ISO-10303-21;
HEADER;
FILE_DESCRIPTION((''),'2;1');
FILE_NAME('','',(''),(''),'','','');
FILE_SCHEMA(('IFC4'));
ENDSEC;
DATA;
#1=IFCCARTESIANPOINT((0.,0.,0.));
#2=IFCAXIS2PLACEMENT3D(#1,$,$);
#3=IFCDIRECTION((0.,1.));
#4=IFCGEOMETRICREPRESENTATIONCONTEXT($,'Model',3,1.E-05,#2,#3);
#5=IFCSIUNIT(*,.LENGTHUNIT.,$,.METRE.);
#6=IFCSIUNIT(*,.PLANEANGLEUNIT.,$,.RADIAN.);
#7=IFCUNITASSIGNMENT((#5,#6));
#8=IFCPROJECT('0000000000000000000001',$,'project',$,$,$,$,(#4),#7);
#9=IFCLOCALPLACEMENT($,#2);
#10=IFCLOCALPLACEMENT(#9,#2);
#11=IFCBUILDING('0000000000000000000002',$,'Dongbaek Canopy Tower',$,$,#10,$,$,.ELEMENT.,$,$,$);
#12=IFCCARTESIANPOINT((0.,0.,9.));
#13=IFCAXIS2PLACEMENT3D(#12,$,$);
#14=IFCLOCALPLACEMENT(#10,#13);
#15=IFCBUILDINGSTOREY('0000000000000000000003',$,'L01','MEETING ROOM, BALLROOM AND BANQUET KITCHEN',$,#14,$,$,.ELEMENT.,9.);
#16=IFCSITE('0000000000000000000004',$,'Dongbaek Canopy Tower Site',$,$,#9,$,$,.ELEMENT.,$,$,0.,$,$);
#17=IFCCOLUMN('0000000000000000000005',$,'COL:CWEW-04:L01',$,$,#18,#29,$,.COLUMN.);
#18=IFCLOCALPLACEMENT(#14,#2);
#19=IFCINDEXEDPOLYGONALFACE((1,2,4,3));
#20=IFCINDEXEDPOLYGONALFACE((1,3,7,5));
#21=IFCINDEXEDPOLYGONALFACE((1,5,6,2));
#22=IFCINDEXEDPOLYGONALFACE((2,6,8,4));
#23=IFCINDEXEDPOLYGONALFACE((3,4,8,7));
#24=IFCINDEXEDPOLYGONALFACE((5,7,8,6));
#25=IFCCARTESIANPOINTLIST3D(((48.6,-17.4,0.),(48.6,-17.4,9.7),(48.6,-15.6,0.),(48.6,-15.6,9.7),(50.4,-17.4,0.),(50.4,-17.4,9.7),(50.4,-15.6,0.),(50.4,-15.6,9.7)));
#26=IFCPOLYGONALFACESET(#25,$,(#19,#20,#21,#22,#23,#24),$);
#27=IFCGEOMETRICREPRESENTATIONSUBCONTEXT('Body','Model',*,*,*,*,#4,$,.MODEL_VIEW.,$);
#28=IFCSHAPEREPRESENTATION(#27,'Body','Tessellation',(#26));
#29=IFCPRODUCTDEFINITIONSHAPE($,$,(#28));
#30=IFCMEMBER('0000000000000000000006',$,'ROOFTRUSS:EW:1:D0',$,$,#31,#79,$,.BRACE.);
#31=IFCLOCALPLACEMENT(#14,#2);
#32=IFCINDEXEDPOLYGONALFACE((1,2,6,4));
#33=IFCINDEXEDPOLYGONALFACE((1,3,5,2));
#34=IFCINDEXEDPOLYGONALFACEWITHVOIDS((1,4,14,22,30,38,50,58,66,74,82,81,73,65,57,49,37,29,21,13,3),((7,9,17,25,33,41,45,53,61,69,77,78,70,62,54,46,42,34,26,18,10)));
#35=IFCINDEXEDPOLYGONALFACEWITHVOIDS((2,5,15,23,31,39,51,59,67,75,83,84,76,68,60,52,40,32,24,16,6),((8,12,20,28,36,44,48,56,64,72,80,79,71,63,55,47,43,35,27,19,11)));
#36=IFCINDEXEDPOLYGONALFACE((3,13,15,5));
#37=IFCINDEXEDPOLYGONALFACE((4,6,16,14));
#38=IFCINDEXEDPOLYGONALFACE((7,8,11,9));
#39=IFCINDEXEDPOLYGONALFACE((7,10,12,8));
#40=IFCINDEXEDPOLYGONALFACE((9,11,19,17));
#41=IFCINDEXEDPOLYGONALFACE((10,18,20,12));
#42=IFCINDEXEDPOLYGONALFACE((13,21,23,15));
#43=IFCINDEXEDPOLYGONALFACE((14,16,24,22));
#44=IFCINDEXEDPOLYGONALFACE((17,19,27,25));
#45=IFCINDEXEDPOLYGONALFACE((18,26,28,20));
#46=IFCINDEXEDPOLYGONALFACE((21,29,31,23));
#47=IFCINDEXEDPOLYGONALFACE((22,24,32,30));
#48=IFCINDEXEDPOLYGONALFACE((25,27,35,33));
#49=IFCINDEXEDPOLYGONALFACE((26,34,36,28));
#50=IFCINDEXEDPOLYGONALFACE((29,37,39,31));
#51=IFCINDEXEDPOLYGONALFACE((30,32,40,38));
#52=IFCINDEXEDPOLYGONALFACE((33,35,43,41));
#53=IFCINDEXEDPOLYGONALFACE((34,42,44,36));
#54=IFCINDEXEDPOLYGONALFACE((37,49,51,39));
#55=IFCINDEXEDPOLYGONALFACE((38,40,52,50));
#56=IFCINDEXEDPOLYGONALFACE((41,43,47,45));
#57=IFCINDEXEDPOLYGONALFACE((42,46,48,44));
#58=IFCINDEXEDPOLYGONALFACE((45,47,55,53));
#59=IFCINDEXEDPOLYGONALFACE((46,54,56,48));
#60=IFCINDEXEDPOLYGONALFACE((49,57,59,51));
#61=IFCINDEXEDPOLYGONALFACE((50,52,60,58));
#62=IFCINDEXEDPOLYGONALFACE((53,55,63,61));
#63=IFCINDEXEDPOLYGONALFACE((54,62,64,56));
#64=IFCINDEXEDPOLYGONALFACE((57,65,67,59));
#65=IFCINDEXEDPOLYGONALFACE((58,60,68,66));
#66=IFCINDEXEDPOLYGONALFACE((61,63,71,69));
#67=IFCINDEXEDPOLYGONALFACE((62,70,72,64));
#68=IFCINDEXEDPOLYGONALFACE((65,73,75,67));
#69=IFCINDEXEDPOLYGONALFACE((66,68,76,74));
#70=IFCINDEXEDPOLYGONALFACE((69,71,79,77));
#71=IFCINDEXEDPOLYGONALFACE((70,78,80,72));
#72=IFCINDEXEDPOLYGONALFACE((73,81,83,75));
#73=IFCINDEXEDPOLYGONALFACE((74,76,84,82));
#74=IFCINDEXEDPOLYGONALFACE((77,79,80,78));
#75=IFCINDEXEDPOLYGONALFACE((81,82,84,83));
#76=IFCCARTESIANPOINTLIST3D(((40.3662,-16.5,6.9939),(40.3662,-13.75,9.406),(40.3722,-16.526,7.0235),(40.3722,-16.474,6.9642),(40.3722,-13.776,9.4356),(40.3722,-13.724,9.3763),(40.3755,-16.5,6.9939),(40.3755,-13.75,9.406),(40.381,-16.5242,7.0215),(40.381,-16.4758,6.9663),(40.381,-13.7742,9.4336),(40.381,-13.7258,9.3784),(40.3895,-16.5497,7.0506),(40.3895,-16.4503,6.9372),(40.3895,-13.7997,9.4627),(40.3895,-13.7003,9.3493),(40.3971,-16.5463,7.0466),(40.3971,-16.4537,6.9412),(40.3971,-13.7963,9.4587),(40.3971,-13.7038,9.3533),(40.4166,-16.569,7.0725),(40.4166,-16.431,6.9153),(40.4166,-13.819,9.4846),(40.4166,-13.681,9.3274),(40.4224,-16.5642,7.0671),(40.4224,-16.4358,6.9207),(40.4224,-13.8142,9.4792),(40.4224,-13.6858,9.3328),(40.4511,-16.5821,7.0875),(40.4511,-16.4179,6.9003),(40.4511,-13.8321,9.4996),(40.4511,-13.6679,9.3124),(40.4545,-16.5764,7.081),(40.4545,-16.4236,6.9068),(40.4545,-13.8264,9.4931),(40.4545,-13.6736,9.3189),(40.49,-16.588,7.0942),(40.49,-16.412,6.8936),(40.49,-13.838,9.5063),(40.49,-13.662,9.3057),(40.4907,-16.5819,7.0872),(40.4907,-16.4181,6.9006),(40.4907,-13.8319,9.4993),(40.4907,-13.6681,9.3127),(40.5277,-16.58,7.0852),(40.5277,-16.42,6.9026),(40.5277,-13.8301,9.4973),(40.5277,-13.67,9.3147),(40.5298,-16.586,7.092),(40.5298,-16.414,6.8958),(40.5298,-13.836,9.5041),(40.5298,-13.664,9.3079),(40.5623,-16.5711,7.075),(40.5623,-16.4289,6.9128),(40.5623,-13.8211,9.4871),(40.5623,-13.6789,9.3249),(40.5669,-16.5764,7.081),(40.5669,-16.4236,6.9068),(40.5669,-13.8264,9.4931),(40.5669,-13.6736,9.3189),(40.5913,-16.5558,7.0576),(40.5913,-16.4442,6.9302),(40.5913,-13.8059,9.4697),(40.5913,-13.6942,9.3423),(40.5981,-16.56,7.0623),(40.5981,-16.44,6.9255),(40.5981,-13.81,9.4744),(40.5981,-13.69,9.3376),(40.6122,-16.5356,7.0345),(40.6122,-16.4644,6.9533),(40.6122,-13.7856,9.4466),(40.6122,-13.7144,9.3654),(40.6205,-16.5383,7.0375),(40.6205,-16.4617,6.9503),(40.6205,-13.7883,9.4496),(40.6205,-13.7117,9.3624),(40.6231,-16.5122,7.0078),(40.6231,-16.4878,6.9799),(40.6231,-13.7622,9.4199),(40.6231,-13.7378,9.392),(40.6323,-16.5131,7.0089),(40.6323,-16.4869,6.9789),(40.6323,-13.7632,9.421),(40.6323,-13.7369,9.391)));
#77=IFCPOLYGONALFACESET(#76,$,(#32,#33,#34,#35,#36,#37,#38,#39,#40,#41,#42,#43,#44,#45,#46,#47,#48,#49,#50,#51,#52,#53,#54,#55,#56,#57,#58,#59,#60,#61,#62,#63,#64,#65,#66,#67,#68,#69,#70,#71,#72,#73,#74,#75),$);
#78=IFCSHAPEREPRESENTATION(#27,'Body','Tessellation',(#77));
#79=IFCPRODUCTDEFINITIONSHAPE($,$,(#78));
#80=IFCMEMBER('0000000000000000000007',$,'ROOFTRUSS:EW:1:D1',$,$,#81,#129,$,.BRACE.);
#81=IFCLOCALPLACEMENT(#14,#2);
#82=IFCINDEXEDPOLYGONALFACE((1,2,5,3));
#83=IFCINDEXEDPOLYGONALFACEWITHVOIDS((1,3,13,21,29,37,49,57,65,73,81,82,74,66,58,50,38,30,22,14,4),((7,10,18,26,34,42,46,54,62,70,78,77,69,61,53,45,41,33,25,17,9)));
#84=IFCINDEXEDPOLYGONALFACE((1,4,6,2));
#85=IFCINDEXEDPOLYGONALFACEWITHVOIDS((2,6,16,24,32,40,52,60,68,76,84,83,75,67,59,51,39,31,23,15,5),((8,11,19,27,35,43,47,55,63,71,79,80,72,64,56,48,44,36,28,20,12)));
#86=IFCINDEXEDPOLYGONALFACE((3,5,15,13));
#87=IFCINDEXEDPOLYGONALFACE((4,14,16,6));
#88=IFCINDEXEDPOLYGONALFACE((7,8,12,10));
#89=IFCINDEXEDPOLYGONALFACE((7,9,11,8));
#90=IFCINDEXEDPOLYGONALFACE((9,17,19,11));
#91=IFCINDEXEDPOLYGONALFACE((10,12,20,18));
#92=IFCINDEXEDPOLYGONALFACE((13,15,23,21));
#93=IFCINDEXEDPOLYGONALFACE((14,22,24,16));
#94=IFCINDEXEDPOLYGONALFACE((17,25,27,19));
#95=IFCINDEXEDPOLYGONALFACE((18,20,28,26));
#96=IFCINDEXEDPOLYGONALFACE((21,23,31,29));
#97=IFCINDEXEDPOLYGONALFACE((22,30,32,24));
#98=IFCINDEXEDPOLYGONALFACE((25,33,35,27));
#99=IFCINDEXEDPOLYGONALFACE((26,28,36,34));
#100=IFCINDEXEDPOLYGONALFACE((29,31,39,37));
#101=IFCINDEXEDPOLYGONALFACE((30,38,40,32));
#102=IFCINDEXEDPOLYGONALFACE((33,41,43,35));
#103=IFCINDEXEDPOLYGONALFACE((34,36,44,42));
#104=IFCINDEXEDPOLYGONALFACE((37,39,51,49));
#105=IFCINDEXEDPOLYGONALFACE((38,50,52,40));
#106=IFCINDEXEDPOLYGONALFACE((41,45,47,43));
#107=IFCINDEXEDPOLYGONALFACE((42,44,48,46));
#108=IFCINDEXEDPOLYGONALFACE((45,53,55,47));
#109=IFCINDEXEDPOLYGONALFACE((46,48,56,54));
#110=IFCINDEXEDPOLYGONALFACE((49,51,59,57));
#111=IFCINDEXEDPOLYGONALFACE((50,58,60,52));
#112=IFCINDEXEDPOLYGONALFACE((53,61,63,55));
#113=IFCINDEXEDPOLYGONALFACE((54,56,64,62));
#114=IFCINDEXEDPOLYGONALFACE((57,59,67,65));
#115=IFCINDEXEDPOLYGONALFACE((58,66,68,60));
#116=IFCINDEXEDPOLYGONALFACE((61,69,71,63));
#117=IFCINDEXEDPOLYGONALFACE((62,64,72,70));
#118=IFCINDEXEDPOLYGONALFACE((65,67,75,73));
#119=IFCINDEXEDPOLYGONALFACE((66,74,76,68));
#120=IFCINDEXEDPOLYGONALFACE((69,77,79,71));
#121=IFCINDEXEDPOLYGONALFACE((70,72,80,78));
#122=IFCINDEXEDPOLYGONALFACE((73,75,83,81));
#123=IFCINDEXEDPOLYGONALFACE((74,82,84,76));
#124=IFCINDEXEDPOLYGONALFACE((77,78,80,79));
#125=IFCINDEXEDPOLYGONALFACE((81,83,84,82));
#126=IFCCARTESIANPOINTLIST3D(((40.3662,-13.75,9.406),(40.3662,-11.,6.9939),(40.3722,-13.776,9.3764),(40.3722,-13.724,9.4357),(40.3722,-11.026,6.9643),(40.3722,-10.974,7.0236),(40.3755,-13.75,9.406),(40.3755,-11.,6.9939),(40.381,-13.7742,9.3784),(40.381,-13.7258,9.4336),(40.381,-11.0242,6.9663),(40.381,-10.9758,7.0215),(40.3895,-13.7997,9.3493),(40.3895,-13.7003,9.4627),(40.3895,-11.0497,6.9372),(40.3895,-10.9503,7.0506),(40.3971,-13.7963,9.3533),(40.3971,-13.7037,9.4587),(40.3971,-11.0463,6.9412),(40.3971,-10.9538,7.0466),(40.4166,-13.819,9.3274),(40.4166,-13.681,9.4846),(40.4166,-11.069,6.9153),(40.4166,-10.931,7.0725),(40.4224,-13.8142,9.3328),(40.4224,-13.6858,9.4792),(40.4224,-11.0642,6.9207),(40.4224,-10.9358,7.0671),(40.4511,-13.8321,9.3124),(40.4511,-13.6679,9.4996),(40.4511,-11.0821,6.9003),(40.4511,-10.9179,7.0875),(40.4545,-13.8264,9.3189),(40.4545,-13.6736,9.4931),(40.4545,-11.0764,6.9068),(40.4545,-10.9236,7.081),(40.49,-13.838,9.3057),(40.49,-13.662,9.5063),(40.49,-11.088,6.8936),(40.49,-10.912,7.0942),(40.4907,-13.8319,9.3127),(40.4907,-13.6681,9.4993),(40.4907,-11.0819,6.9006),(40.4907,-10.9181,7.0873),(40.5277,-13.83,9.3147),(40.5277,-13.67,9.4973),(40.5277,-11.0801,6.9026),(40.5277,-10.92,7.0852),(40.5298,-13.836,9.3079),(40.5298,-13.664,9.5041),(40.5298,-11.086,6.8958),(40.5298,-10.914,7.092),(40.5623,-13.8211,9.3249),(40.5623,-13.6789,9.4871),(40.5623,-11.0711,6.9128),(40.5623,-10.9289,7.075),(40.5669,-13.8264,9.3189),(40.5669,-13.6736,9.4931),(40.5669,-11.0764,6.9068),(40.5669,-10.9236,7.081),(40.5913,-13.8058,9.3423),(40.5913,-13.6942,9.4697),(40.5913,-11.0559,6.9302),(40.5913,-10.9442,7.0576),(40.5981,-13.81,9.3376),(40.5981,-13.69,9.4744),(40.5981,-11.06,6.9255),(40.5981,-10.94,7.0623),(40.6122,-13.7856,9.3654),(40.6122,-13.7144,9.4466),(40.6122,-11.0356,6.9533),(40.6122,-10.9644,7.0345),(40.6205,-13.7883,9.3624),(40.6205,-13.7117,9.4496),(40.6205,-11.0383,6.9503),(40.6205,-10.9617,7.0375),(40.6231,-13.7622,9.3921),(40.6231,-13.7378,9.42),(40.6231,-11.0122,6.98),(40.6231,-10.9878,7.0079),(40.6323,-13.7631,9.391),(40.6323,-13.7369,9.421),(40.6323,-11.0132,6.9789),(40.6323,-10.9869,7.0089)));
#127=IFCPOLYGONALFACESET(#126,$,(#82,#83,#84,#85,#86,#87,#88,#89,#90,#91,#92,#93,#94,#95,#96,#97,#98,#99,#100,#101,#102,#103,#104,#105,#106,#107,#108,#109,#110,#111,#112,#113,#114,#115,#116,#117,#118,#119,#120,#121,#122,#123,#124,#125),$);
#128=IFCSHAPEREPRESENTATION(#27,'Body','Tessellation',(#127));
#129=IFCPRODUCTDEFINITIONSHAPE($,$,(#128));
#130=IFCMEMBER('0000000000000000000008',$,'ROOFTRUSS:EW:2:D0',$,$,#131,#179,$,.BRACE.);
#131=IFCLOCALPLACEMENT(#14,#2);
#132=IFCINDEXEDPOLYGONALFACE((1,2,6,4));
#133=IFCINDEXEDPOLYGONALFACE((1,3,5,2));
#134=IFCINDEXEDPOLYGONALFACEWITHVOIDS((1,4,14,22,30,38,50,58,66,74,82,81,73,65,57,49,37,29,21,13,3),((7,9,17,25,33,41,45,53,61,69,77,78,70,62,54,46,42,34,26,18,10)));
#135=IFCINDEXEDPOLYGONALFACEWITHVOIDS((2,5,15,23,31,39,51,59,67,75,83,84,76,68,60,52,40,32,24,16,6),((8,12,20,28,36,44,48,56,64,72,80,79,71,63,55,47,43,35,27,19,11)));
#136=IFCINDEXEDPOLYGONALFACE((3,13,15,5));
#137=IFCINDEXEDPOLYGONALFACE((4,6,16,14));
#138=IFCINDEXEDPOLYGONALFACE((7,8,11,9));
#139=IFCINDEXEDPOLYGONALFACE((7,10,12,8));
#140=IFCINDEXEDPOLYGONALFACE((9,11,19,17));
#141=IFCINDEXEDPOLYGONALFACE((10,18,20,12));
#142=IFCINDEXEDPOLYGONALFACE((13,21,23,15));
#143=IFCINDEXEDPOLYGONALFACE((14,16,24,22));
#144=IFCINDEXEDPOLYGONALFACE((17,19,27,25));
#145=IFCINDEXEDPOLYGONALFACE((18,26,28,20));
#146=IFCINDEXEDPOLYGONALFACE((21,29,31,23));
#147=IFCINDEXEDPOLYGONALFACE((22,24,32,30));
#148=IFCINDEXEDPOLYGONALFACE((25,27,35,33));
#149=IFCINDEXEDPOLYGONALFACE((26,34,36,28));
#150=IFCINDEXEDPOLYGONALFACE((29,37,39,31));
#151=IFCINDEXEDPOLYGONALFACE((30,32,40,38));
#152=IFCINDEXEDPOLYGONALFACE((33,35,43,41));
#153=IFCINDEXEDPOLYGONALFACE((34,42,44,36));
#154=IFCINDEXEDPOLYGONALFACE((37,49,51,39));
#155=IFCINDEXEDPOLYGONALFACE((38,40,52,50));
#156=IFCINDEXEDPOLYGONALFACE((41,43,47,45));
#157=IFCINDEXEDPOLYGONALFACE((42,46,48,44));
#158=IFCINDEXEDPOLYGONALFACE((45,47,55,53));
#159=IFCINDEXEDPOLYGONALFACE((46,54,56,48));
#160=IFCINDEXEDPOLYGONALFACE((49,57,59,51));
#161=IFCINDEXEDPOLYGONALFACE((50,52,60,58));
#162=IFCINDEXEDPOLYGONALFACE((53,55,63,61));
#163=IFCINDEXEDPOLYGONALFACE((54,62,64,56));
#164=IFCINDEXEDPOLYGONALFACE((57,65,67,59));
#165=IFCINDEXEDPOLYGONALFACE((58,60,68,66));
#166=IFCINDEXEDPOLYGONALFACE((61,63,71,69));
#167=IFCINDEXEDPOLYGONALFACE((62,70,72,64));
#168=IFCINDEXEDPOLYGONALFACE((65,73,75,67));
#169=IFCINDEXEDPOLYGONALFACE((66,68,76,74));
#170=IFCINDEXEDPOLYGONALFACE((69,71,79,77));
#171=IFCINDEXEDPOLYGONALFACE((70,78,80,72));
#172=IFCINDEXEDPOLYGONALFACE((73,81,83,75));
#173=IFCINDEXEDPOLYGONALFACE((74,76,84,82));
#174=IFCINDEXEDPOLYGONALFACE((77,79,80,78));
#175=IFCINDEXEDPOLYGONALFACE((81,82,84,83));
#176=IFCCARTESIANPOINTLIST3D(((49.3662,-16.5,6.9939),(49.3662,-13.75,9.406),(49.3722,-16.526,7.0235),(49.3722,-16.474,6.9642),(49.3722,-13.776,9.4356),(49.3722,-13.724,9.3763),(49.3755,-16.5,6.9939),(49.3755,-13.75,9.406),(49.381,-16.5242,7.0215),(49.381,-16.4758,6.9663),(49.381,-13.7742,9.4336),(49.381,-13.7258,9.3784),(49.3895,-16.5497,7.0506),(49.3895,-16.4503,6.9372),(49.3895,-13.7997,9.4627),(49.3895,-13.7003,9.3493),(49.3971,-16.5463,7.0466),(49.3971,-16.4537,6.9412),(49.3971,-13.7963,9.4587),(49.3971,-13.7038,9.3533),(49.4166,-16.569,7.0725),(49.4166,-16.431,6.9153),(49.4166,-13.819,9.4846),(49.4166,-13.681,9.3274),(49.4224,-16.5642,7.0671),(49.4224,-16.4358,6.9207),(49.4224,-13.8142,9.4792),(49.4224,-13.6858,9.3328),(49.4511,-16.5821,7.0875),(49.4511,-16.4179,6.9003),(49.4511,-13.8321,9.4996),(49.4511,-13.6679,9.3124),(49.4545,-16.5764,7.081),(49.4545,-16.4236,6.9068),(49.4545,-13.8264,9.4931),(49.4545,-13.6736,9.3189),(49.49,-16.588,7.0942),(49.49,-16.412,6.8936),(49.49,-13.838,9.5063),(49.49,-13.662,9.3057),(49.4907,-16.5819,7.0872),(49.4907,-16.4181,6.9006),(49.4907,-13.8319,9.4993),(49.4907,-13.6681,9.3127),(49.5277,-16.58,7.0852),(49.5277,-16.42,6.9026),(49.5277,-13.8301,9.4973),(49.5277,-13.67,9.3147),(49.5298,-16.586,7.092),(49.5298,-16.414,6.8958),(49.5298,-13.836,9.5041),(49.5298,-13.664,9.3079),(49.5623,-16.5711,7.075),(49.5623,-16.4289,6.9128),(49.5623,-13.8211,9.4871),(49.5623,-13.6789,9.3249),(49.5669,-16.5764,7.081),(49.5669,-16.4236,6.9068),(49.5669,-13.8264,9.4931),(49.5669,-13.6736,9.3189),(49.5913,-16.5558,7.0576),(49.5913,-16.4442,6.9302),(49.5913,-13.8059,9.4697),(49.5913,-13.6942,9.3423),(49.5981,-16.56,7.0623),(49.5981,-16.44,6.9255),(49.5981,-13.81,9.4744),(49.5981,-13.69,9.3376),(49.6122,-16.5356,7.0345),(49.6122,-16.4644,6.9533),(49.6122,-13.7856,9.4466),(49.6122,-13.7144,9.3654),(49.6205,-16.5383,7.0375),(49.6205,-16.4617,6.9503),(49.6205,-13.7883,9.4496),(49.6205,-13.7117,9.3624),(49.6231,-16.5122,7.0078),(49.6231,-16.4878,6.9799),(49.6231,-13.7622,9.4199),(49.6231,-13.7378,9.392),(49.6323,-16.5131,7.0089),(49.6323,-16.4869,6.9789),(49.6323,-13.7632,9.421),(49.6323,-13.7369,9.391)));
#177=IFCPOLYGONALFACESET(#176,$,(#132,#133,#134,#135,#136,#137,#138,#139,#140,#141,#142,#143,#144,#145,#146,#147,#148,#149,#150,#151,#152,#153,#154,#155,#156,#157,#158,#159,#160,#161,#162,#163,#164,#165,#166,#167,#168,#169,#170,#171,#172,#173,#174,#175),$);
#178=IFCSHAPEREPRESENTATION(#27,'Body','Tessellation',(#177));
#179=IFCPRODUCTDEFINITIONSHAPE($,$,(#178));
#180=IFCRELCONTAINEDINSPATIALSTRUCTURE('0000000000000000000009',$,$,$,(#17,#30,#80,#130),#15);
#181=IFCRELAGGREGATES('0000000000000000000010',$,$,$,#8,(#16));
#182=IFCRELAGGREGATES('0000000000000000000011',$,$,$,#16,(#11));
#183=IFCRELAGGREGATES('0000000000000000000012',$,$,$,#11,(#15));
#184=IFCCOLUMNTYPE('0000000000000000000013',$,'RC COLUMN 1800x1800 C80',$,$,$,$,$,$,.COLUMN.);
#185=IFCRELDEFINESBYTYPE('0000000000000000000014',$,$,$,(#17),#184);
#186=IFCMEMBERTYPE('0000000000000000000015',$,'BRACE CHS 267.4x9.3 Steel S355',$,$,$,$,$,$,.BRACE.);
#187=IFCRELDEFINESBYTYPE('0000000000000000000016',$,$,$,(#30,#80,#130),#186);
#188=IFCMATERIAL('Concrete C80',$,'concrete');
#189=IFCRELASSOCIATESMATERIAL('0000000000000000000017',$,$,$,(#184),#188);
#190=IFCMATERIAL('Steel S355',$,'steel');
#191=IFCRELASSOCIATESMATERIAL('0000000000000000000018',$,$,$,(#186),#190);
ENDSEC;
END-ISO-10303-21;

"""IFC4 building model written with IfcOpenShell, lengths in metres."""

from ifc_helpers import new_model, si_unit, direction, frame, origin, origin_2d, place, context, subcontext, project, spatial, rectangle, hollow_circle, extrude, material, material_profile, profile_set, type_object, element, save


model = new_model("IFC4")

# Units and contexts
model_context = context("Model", 3, precision=1e-05, world=origin(), true_north=direction((0.0, 1.0)))
body_context = subcontext(model_context, "Body", "Model", "MODEL_VIEW")
ifc_project = project(units=[si_unit("LENGTHUNIT", "METRE"), si_unit("PLANEANGLEUNIT", "RADIAN")], contexts=[model_context])

# Site, building, storey
site_placement = place(None, origin())
site = spatial("IfcSite", under=ifc_project, at=site_placement, Name="Dongbaek Canopy Tower Site", CompositionType="ELEMENT", RefElevation=0.0)
building_placement = place(site_placement, origin())
building = spatial("IfcBuilding", under=site, at=building_placement, Name="Dongbaek Canopy Tower", CompositionType="ELEMENT")
storey_placement = place(building_placement, frame((0.0, 0.0, 9.0)))
storey = spatial("IfcBuildingStorey", under=building, at=storey_placement, Name="L01", Description="MEETING ROOM, BALLROOM AND BANQUET KITCHEN", CompositionType="ELEMENT", Elevation=9.0)

# Column
ifc_material_1 = material(Name="Concrete C80", Category="concrete")
ifc_material_profile_1 = material_profile(ifc_material_1, rectangle(XDim=1.8, YDim=1.8, at=origin_2d()), Name="RC COLUMN 1800x1800 C80")
ifc_profile_set_1 = profile_set([ifc_material_profile_1], Name="Concrete C80")
column_type = type_object("IfcColumnType", Name="RC COLUMN 1800x1800 C80", PredefinedType="COLUMN", material=ifc_profile_set_1)
column_placement = place(storey_placement, frame((49.5, -16.5, 0.0), z_axis=(0.0, 0.0, 1.0), x_axis=(1.0, 0.0, 0.0)))
element("IfcColumn", 1, at=column_placement, inside=storey, type_object=column_type, Name="COL:CWEW-04:L01", PredefinedType="COLUMN", context=body_context, shape_type="SweptSolid", body=[
    extrude(rectangle(XDim=1.8, YDim=1.8, at=origin_2d()), origin(), (0.0, 0.0, 1.0), 9.7),
])

# Members
ifc_material_2 = material(Name="Steel S355", Category="steel")
ifc_material_profile_2 = material_profile(ifc_material_2, hollow_circle(Radius=0.1338, WallThickness=0.0093, at=origin_2d()), Name="BRACE CHS 267.4x9.3 Steel S355")
ifc_profile_set_2 = profile_set([ifc_material_profile_2], Name="Steel S355")
member_type_1 = type_object("IfcMemberType", Name="BRACE CHS 267.4x9.3 Steel S355", PredefinedType="BRACE", material=ifc_profile_set_2)
for number, where, z_axis, x_axis, name in (
    (2, (40.5, -16.5, 6.9939), (0.0, 0.751782, 0.659411), (-1.0, 0.0, 0.0), "ROOFTRUSS:EW:1:D0"),
    (3, (40.5, -13.75, 9.406), (0.0, 0.751782, -0.659411), (-1.0, 0.0, 0.0), "ROOFTRUSS:EW:1:D1"),
    (4, (49.5, -16.5, 6.9939), (0.0, 0.751782, 0.659411), (-1.0, 0.0, 0.0), "ROOFTRUSS:EW:2:D0"),
):
    element("IfcMember", number, at=place(storey_placement, frame(where, z_axis=z_axis, x_axis=x_axis)), inside=storey, type_object=member_type_1, Name=name, PredefinedType="BRACE", context=body_context, shape_type="SweptSolid", body=[
        extrude(hollow_circle(Radius=0.1338, WallThickness=0.0093, at=origin_2d()), origin(), (0.0, 0.0, 1.0), 3.658),
    ])

save(model, "model.ifc")
